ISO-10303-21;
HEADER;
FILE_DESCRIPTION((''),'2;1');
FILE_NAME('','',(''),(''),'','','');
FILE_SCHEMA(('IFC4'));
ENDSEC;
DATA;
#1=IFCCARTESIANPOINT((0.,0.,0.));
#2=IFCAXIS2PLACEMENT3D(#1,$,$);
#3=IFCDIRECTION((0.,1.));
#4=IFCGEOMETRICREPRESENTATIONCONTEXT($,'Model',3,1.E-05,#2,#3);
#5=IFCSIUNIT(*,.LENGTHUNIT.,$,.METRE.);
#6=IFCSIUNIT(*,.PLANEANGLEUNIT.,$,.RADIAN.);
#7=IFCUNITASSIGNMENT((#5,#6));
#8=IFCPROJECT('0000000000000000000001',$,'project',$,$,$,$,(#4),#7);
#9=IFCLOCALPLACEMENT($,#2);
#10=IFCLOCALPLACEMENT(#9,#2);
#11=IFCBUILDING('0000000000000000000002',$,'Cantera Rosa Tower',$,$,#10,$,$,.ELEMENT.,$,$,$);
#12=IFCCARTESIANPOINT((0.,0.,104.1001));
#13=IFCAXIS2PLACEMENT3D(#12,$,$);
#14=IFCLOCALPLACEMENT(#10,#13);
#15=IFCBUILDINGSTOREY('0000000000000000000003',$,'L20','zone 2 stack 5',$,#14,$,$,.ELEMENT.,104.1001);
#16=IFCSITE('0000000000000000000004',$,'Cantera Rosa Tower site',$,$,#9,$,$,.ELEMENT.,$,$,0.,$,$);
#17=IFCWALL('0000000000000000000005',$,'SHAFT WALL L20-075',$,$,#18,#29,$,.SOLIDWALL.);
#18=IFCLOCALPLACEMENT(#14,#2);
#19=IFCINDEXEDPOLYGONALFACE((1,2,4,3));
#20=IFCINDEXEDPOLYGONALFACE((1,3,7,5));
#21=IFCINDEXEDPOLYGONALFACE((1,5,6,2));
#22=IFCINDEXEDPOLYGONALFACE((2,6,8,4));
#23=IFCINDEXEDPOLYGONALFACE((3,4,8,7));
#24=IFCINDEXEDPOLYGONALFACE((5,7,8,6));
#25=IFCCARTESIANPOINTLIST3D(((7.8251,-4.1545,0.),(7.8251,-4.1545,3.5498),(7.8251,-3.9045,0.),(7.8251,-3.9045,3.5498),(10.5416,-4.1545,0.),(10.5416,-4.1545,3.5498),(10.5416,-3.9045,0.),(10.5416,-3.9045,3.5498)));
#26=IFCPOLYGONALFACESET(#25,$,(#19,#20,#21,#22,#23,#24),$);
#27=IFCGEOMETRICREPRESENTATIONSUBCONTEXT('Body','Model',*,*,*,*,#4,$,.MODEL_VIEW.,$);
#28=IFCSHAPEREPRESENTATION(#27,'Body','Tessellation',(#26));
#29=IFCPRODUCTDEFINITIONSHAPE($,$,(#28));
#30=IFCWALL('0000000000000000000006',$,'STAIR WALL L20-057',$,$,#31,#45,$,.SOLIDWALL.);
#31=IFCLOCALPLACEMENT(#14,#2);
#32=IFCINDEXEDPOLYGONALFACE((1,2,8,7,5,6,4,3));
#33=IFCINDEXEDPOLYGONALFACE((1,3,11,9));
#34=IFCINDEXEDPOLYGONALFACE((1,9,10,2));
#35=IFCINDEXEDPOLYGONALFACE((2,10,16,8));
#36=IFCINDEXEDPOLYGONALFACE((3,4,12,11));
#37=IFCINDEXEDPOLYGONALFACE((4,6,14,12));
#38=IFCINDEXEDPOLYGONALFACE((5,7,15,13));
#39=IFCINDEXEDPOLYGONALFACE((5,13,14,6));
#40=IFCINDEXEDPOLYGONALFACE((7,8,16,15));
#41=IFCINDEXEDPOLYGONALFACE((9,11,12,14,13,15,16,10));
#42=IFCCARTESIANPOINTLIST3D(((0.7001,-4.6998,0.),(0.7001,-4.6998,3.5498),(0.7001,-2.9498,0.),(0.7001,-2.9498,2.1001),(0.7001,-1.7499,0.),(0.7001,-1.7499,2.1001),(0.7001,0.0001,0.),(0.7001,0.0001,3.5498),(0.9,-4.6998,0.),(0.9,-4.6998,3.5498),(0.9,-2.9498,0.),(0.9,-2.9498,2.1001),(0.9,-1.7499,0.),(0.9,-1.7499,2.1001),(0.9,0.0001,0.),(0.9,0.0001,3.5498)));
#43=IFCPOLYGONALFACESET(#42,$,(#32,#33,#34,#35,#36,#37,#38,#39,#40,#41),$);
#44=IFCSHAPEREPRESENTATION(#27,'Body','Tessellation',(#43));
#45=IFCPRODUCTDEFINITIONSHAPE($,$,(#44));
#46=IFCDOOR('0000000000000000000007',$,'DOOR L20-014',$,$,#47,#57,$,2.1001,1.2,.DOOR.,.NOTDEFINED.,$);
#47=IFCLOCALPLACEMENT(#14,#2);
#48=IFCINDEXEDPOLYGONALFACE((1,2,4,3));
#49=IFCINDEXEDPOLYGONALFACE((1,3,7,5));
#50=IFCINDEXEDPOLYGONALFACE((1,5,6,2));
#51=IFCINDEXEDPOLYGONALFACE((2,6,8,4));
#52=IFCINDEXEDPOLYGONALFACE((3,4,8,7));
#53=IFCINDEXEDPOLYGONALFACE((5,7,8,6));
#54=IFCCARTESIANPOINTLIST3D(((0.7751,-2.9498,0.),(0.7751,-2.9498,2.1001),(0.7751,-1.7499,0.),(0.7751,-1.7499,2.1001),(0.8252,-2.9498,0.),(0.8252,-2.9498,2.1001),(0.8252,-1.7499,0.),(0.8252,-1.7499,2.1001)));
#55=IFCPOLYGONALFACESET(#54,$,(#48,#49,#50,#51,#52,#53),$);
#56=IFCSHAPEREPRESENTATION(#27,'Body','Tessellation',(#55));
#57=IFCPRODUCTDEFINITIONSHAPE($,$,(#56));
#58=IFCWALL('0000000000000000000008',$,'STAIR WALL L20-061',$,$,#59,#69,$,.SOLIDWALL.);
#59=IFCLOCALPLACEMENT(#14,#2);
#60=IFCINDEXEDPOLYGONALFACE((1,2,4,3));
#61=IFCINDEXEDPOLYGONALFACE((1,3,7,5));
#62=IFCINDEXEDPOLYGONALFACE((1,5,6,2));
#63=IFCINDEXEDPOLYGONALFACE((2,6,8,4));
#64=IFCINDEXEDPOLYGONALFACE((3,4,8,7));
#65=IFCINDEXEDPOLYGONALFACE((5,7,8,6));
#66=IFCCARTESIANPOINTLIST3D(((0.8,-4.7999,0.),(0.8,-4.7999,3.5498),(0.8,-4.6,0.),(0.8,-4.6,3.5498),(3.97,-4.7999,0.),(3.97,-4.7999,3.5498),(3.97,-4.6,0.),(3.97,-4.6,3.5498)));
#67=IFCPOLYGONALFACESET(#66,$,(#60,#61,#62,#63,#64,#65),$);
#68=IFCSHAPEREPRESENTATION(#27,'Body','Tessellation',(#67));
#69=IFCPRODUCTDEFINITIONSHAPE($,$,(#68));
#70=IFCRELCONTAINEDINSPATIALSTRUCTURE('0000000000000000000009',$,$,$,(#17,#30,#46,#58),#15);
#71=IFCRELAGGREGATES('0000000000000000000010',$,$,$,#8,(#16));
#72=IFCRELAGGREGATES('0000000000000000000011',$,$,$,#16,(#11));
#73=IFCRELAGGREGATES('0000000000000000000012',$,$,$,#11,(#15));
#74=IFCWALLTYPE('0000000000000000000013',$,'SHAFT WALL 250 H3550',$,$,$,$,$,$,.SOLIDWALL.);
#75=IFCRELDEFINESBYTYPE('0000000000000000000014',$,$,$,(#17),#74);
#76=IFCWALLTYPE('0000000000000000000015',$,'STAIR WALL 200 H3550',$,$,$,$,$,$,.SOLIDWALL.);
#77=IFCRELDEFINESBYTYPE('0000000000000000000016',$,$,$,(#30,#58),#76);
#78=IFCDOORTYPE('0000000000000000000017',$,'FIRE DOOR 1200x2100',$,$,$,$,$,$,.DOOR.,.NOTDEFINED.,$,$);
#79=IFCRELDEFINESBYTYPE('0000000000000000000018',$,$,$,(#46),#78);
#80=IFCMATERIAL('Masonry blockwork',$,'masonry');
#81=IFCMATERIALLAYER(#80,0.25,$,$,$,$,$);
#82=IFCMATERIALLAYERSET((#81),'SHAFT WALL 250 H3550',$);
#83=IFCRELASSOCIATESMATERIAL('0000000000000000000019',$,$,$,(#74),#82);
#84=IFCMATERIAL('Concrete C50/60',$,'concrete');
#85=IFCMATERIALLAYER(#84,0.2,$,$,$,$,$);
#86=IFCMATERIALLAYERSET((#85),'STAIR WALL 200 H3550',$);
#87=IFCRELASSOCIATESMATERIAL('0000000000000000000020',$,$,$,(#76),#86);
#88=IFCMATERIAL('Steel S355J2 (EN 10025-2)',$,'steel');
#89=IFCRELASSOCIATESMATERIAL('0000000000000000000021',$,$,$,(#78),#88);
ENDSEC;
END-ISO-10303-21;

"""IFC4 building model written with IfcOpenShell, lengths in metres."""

from ifc_helpers import new_model, si_unit, direction, frame, frame_2d, origin, place, context, subcontext, project, spatial, rectangle, extrude, material, layer, layer_set, type_object, element, fill, save


model = new_model("IFC4")

# Units and contexts
model_context = context("Model", 3, precision=1e-05, world=origin(), true_north=direction((0.0, 1.0)))
body_context = subcontext(model_context, "Body", "Model", "MODEL_VIEW")
ifc_project = project(units=[si_unit("LENGTHUNIT", "METRE"), si_unit("PLANEANGLEUNIT", "RADIAN")], contexts=[model_context])

# Site, building, storey
site_placement = place(None, origin())
site = spatial("IfcSite", under=ifc_project, at=site_placement, Name="Cantera Rosa Tower site", CompositionType="ELEMENT", RefElevation=0.0)
building_placement = place(site_placement, origin())
building = spatial("IfcBuilding", under=site, at=building_placement, Name="Cantera Rosa Tower", CompositionType="ELEMENT")
storey_placement = place(building_placement, frame((0.0, 0.0, 104.1001)))
storey = spatial("IfcBuildingStorey", under=building, at=storey_placement, Name="L20", Description="zone 2 stack 5", CompositionType="ELEMENT", Elevation=104.1001)

# Wall
ifc_material_1 = material(Name="Masonry blockwork", Category="masonry")
ifc_layer_1 = layer(ifc_material_1, 0.25)
ifc_layer_set_1 = layer_set([ifc_layer_1], Name="SHAFT WALL 250 H3550")
wall_type_1 = type_object("IfcWallType", Name="SHAFT WALL 250 H3550", PredefinedType="SOLIDWALL", material=ifc_layer_set_1)
wall_1_placement = place(storey_placement, frame((7.825, -4.0295, 0.0), z_axis=(0.0, 0.0, 1.0), x_axis=(1.0, 0.0, 0.0)))
element("IfcWall", 1, at=wall_1_placement, inside=storey, type_object=wall_type_1, Name="SHAFT WALL L20-075", PredefinedType="SOLIDWALL", context=body_context, shape_type="SweptSolid", body=[
    extrude(rectangle(XDim=2.7166, YDim=0.25, at=frame_2d((1.3584, 0.0))), origin(), (0.0, 0.0, 1.0), 3.5498),
])

# Wall, opening, door
ifc_material_2 = material(Name="Concrete C50/60", Category="concrete")
ifc_layer_2 = layer(ifc_material_2, 0.2)
ifc_layer_set_2 = layer_set([ifc_layer_2], Name="STAIR WALL 200 H3550")
wall_type_2 = type_object("IfcWallType", Name="STAIR WALL 200 H3550", PredefinedType="SOLIDWALL", material=ifc_layer_set_2)
wall_2_placement = place(storey_placement, frame((0.8, -4.7, 0.0), z_axis=(0.0, 0.0, 1.0), x_axis=(0.0, 1.0, 0.0)))
wall_2 = element("IfcWall", 2, at=wall_2_placement, inside=storey, type_object=wall_type_2, Name="STAIR WALL L20-057", PredefinedType="SOLIDWALL", context=body_context, shape_type="SweptSolid", body=[
    extrude(rectangle(XDim=4.7, YDim=0.2, at=frame_2d((2.3501, 0.0))), origin(), (0.0, 0.0, 1.0), 3.5498),
])
opening_1_placement = place(wall_2_placement, frame((1.75, 0.0, 0.0)))
opening_1 = element("IfcOpeningElement", 3, at=opening_1_placement, cuts=wall_2, PredefinedType="OPENING", context=body_context, shape_type="SweptSolid", body=[
    extrude(rectangle(XDim=1.2, YDim=2.1001, at=frame_2d((0.6001, 1.05))), frame((0.0, 0.1099, 0.0), z_axis=(0.0, -1.0, 0.0), x_axis=(1.0, 0.0, 0.0)), (0.0, 0.0, 1.0), 0.22),
])
ifc_material_3 = material(Name="Steel S355J2 (EN 10025-2)", Category="steel")
door_type_1 = type_object("IfcDoorType", Name="FIRE DOOR 1200x2100", OperationType="NOTDEFINED", PredefinedType="DOOR", material=ifc_material_3)
door_1_placement = place(opening_1_placement, origin())
door_1 = element("IfcDoor", 4, at=door_1_placement, inside=storey, type_object=door_type_1, Name="DOOR L20-014", OperationType="NOTDEFINED", OverallHeight=2.1001, OverallWidth=1.2, PredefinedType="DOOR", context=body_context, shape_type="SweptSolid", body=[
    extrude(rectangle(XDim=1.2, YDim=2.1001, at=frame_2d((0.6001, 1.05))), frame((0.0, 0.0249, 0.0), z_axis=(0.0, -1.0, 0.0), x_axis=(1.0, 0.0, 0.0)), (0.0, 0.0, 1.0), 0.05),
])
fill(opening_1, door_1)

# Wall
wall_3_placement = place(storey_placement, frame((3.97, -4.7, 0.0), z_axis=(0.0, 0.0, 1.0), x_axis=(-1.0, 0.0, 0.0)))
element("IfcWall", 5, at=wall_3_placement, inside=storey, type_object=wall_type_2, Name="STAIR WALL L20-061", PredefinedType="SOLIDWALL", context=body_context, shape_type="SweptSolid", body=[
    extrude(rectangle(XDim=3.1699, YDim=0.2, at=frame_2d((1.585, 0.0))), origin(), (0.0, 0.0, 1.0), 3.5498),
])

save(model, "model.ifc")
